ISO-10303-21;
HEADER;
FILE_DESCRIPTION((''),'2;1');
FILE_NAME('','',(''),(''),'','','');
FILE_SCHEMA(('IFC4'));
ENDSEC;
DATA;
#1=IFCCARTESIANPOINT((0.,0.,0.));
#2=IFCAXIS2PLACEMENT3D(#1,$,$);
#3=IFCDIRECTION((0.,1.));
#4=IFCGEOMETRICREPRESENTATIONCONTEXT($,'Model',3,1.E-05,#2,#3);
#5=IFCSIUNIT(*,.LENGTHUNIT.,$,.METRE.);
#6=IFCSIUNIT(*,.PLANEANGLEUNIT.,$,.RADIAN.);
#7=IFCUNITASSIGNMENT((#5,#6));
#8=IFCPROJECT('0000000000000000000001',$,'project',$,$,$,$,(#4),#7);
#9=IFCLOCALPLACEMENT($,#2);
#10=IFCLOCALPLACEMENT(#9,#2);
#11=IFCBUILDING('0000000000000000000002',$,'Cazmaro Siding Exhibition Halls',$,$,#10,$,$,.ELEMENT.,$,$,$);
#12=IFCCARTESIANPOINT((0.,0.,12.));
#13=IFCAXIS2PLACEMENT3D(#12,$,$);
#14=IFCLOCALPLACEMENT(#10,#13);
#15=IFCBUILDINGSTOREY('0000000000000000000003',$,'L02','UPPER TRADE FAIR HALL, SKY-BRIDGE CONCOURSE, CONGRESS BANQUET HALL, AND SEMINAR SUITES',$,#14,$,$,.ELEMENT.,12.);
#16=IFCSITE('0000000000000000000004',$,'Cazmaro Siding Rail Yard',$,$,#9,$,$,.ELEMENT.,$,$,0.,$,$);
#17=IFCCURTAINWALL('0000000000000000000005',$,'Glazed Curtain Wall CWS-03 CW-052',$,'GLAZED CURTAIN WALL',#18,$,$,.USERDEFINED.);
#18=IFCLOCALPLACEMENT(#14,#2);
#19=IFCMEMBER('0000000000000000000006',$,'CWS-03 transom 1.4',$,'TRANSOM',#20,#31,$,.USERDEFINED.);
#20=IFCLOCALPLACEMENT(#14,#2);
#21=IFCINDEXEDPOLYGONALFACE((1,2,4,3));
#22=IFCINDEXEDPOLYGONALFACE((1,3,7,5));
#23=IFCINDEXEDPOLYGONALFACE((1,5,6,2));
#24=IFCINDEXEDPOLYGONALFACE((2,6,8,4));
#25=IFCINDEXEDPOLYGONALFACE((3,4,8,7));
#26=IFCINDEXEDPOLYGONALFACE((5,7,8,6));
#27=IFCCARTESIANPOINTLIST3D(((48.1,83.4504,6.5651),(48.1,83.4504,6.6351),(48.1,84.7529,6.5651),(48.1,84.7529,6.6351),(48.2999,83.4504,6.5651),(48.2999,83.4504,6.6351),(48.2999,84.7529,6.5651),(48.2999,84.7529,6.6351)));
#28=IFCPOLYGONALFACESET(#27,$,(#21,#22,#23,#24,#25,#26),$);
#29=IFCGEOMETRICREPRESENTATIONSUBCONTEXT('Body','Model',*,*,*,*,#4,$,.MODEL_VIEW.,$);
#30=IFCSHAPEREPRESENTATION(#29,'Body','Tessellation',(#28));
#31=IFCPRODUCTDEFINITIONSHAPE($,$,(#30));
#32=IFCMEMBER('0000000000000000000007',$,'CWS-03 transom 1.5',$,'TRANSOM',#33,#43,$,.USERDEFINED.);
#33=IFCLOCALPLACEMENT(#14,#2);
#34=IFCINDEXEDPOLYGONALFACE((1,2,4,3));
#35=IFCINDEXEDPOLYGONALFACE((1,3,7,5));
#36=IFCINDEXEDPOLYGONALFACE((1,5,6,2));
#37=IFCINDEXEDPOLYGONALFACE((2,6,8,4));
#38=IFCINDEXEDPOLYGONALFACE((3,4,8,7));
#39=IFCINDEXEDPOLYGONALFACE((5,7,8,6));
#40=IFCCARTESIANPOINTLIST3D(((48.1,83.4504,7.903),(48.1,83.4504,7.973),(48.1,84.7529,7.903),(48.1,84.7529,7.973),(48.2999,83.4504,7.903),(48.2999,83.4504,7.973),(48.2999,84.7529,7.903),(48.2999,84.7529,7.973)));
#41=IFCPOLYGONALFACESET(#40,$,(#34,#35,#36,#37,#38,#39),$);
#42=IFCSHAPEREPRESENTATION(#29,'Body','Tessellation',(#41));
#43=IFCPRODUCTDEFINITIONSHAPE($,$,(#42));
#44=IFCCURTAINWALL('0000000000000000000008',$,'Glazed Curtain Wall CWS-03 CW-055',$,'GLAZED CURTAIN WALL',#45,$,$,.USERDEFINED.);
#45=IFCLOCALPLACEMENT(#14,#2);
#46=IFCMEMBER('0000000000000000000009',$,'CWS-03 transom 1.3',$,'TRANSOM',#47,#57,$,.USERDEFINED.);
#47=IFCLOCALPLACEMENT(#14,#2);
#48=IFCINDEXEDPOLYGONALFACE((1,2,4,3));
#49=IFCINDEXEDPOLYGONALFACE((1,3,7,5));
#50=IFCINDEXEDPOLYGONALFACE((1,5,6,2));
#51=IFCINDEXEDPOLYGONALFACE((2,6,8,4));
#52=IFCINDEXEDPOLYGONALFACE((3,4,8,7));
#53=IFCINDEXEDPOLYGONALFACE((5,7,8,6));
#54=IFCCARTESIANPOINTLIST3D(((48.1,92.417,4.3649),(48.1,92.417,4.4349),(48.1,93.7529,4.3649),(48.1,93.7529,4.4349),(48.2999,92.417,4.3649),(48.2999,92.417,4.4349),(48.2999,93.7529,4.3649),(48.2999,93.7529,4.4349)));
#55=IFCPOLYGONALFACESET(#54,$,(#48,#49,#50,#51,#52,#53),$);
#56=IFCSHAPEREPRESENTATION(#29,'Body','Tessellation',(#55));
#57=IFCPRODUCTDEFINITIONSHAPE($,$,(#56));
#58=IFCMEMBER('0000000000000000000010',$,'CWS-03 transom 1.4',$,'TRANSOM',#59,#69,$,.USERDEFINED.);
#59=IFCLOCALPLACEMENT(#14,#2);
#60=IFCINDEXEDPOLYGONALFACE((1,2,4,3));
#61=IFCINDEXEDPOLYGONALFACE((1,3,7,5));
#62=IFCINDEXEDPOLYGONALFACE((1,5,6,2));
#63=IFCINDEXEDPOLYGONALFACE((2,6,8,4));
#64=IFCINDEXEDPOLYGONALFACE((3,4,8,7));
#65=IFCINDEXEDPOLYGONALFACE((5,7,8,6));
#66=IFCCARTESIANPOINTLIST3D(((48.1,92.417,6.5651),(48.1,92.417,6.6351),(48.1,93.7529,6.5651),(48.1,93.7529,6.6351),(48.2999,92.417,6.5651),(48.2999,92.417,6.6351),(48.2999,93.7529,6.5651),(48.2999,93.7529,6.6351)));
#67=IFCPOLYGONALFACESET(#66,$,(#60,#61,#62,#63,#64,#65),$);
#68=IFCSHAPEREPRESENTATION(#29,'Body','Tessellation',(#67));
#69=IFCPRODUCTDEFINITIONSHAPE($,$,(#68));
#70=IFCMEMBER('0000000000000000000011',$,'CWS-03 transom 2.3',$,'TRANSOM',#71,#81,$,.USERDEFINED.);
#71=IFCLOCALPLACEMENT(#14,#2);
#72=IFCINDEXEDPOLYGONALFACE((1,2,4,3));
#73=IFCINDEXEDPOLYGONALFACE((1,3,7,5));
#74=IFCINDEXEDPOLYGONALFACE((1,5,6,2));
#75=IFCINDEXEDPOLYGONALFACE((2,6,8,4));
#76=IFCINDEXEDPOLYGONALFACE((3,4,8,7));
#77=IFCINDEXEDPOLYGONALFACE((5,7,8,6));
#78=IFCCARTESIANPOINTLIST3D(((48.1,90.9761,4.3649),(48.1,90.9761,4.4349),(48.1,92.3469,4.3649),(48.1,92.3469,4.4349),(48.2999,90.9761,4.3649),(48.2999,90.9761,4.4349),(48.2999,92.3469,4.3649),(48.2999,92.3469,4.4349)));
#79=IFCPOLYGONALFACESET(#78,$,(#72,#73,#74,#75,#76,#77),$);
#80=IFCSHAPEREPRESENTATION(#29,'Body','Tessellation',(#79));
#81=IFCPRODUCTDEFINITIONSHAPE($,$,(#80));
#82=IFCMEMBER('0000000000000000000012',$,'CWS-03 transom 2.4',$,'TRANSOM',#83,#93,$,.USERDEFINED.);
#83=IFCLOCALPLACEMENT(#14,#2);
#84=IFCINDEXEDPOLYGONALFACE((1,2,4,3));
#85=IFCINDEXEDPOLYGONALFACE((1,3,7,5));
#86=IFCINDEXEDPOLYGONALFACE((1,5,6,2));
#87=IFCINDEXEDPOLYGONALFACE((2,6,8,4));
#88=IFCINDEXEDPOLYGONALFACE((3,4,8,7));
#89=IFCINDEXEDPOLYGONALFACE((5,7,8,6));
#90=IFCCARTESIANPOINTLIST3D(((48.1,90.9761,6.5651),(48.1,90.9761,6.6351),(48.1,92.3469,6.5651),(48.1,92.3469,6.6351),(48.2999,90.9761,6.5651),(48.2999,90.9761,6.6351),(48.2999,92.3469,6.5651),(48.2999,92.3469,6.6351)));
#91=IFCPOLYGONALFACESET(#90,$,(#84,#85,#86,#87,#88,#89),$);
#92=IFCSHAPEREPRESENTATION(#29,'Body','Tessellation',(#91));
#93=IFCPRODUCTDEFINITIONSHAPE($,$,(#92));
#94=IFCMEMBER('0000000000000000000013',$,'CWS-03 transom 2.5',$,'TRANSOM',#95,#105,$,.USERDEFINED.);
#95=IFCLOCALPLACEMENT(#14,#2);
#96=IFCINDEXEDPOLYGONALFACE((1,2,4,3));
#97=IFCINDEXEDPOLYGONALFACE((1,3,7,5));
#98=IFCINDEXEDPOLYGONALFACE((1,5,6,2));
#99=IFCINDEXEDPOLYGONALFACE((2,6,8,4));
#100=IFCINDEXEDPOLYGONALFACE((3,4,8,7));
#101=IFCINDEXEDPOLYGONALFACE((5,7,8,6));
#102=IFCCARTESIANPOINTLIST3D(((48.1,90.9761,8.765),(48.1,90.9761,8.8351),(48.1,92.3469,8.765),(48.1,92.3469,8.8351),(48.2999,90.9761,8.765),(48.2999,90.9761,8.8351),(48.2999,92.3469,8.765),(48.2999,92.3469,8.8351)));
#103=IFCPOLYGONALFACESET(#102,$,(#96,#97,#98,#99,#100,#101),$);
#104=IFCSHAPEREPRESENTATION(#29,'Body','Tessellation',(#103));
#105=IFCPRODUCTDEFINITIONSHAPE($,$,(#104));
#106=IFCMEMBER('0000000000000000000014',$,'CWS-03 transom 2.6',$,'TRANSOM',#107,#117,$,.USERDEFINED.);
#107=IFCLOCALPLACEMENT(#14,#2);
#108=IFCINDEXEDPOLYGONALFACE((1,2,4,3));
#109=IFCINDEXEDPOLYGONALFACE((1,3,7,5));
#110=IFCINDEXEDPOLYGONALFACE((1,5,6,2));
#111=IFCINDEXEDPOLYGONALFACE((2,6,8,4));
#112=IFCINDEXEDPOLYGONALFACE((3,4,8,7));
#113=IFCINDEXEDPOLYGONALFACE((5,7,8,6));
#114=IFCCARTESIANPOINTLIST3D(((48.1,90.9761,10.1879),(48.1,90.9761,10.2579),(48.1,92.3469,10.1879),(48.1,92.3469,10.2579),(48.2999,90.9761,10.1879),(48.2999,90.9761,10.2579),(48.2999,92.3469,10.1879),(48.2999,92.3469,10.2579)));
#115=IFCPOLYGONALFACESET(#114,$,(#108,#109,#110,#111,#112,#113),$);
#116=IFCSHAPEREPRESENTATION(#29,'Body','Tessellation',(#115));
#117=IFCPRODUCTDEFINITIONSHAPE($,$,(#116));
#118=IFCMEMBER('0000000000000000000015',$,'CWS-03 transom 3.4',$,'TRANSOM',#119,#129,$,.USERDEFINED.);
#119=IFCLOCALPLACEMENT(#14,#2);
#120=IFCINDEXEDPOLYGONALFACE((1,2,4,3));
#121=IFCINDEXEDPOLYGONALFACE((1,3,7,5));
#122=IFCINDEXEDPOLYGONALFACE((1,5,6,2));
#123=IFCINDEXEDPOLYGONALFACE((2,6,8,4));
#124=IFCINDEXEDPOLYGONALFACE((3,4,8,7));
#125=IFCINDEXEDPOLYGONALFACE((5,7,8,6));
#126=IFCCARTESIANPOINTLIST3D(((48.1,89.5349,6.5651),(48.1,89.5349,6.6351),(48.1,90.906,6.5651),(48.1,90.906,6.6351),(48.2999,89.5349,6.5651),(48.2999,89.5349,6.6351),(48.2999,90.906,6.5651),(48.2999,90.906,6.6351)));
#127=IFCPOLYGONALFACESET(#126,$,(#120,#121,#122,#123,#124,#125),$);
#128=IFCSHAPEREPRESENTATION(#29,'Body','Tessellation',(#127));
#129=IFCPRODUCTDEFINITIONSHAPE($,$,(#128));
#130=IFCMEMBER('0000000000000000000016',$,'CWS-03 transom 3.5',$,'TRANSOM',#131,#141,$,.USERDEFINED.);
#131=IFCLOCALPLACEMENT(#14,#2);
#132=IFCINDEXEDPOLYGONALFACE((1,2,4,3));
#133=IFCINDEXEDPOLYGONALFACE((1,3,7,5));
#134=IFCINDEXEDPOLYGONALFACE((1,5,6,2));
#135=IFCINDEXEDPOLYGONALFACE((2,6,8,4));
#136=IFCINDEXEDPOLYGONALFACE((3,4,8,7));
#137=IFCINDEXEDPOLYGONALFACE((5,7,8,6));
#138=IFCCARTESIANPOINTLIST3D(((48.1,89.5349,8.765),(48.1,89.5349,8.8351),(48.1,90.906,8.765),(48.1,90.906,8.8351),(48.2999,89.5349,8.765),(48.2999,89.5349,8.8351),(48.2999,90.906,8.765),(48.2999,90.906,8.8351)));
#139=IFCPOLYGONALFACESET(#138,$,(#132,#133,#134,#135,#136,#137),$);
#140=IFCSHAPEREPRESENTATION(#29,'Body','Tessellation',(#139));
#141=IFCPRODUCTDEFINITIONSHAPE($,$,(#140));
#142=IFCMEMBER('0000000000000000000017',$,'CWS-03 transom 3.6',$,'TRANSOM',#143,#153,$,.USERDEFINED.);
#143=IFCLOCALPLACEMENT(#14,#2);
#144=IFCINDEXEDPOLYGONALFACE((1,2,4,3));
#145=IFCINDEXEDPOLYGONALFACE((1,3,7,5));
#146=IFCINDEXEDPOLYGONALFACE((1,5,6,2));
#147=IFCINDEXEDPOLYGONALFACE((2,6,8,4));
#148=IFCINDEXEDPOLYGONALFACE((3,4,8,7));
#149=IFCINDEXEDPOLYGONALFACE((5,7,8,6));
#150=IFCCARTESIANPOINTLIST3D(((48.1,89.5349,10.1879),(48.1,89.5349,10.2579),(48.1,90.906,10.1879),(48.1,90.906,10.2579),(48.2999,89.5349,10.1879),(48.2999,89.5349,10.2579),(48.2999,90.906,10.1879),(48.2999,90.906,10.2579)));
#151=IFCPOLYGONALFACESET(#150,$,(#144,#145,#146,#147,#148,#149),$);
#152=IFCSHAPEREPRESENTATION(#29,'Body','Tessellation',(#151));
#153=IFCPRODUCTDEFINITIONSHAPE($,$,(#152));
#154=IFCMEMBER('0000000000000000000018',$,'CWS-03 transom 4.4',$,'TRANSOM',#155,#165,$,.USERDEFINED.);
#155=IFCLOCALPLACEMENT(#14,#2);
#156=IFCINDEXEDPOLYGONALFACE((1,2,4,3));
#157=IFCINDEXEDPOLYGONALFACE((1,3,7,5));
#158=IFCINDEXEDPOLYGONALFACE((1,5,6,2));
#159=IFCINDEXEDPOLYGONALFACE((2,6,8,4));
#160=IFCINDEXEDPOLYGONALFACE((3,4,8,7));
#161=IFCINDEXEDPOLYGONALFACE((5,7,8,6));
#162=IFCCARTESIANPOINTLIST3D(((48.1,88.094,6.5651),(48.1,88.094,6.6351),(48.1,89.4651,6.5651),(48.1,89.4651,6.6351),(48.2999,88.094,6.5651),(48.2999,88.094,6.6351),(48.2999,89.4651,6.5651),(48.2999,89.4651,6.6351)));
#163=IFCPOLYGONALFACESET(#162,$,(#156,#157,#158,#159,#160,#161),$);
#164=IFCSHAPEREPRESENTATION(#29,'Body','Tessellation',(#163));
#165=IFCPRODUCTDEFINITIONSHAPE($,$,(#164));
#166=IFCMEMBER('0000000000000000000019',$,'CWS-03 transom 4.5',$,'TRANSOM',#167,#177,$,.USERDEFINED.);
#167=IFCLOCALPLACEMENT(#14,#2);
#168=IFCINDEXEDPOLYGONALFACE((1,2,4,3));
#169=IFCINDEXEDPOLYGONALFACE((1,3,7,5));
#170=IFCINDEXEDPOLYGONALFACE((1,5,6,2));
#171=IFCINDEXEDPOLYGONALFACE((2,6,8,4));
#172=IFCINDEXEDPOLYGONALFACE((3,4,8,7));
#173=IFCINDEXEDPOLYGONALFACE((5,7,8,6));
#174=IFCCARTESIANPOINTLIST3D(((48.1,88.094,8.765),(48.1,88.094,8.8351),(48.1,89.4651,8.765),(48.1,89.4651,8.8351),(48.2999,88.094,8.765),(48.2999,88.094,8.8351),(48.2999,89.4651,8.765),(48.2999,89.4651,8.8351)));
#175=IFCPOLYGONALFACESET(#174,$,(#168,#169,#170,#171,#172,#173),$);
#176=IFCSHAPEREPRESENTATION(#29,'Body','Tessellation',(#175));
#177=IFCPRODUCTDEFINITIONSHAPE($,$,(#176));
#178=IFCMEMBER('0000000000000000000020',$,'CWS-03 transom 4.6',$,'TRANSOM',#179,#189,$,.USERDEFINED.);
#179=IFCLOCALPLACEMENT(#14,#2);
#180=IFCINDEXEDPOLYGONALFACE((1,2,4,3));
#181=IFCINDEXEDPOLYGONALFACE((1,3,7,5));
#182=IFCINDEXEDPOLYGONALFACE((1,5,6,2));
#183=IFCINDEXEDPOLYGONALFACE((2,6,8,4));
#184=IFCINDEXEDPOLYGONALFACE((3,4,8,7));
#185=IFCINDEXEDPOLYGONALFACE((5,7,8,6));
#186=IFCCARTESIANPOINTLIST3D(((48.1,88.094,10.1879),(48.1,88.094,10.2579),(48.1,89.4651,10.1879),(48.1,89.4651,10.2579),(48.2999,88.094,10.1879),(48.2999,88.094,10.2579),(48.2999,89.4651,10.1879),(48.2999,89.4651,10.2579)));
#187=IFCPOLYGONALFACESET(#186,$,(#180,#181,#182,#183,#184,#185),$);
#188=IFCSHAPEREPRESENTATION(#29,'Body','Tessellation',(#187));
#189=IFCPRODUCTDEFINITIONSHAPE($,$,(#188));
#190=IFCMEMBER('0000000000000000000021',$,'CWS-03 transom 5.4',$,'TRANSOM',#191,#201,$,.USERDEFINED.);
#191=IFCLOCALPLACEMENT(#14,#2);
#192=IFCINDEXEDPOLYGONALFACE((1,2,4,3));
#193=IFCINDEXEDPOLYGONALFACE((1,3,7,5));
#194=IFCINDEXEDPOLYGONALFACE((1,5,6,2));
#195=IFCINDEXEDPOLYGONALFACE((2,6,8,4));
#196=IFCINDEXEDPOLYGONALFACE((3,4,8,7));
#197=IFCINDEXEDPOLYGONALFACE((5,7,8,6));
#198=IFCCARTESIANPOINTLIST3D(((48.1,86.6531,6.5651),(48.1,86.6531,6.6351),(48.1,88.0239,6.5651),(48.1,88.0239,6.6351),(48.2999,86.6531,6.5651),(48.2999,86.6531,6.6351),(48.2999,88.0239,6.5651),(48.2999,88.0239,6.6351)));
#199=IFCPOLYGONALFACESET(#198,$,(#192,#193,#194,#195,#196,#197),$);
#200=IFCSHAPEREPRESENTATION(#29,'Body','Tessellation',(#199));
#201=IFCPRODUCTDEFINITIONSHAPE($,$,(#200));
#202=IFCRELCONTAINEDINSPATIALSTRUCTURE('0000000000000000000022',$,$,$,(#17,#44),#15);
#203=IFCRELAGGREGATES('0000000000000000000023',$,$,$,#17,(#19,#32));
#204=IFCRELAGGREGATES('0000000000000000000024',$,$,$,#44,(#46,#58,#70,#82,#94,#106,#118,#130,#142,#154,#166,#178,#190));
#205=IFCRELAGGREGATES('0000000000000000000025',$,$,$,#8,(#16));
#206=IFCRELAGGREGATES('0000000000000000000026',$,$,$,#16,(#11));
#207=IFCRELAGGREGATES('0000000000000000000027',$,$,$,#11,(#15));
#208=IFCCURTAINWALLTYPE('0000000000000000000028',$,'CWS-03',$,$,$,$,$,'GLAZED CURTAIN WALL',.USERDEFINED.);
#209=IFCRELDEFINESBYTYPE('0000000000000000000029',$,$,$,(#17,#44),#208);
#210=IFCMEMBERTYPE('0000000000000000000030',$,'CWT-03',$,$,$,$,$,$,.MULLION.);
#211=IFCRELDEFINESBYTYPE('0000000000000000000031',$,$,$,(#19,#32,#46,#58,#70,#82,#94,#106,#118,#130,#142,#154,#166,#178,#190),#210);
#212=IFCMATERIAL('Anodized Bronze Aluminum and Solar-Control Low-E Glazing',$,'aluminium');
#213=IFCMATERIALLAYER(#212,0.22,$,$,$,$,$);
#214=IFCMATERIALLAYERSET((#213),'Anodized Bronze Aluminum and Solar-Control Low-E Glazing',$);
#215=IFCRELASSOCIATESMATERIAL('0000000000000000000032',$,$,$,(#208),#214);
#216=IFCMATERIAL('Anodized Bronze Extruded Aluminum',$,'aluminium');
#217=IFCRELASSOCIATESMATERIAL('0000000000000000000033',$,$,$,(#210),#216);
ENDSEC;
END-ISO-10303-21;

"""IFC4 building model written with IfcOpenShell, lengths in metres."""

from ifc_helpers import new_model, si_unit, direction, frame, origin, origin_2d, place, context, subcontext, project, spatial, rectangle, extrude, material, layer, layer_set, material_profile, profile_set, type_object, element, aggregate, save


model = new_model("IFC4")

# Units and contexts
model_context = context("Model", 3, precision=1e-05, world=origin(), true_north=direction((0.0, 1.0)))
body_context = subcontext(model_context, "Body", "Model", "MODEL_VIEW")
ifc_project = project(units=[si_unit("LENGTHUNIT", "METRE"), si_unit("PLANEANGLEUNIT", "RADIAN")], contexts=[model_context])

# Site, building, storey
site_placement = place(None, origin())
site = spatial("IfcSite", under=ifc_project, at=site_placement, Name="Cazmaro Siding Rail Yard", CompositionType="ELEMENT", RefElevation=0.0)
building_placement = place(site_placement, origin())
building = spatial("IfcBuilding", under=site, at=building_placement, Name="Cazmaro Siding Exhibition Halls", CompositionType="ELEMENT")
storey_placement = place(building_placement, frame((0.0, 0.0, 12.0)))
storey = spatial("IfcBuildingStorey", under=building, at=storey_placement, Name="L02", Description="UPPER TRADE FAIR HALL, SKY-BRIDGE CONCOURSE, CONGRESS BANQUET HALL, AND SEMINAR SUITES", CompositionType="ELEMENT", Elevation=12.0)

# Curtain wall, members
ifc_material_1 = material(Name="Anodized Bronze Aluminum and Solar-Control Low-E Glazing", Category="aluminium")
ifc_layer_1 = layer(ifc_material_1, 0.22)
ifc_layer_set_1 = layer_set([ifc_layer_1], Name="Anodized Bronze Aluminum and Solar-Control Low-E Glazing")
curtain_wall_type = type_object("IfcCurtainWallType", Name="CWS-03", ElementType="GLAZED CURTAIN WALL", PredefinedType="USERDEFINED", material=ifc_layer_set_1)
curtain_wall_1_placement = place(storey_placement, origin())
curtain_wall_1 = element("IfcCurtainWall", 1, at=curtain_wall_1_placement, inside=storey, type_object=curtain_wall_type, Name="Glazed Curtain Wall CWS-03 CW-052", ObjectType="GLAZED CURTAIN WALL", PredefinedType="USERDEFINED")
ifc_material_2 = material(Name="Anodized Bronze Extruded Aluminum", Category="aluminium")
ifc_material_profile = material_profile(ifc_material_2, rectangle(XDim=0.2, YDim=0.0701, at=origin_2d()), Name="CWT-03")
ifc_profile_set = profile_set([ifc_material_profile], Name="Anodized Bronze Extruded Aluminum")
member_type = type_object("IfcMemberType", Name="CWT-03", PredefinedType="MULLION", material=ifc_profile_set)
member_1_placement = place(storey_placement, frame((48.2, 84.7529, 6.6001), z_axis=(0.0, -1.0, 0.0), x_axis=(1.0, 0.0, 0.0)))
member_1 = element("IfcMember", 2, at=member_1_placement, type_object=member_type, Name="CWS-03 transom 1.4", ObjectType="TRANSOM", PredefinedType="USERDEFINED", context=body_context, shape_type="SweptSolid", body=[
    extrude(rectangle(XDim=0.2, YDim=0.0701, at=origin_2d()), origin(), (0.0, 0.0, 1.0), 1.3025),
])
member_2_placement = place(storey_placement, frame((48.2, 84.7529, 7.938), z_axis=(0.0, -1.0, 0.0), x_axis=(1.0, 0.0, 0.0)))
member_2 = element("IfcMember", 3, at=member_2_placement, type_object=member_type, Name="CWS-03 transom 1.5", ObjectType="TRANSOM", PredefinedType="USERDEFINED", context=body_context, shape_type="SweptSolid", body=[
    extrude(rectangle(XDim=0.2, YDim=0.0701, at=origin_2d()), origin(), (0.0, 0.0, 1.0), 1.3025),
])
aggregate(curtain_wall_1, [member_1, member_2])

# Curtain wall, members
curtain_wall_2_placement = place(storey_placement, origin())
curtain_wall_2 = element("IfcCurtainWall", 4, at=curtain_wall_2_placement, inside=storey, type_object=curtain_wall_type, Name="Glazed Curtain Wall CWS-03 CW-055", ObjectType="GLAZED CURTAIN WALL", PredefinedType="USERDEFINED")
member_3_placement = place(storey_placement, frame((48.2, 93.7529, 4.3999), z_axis=(0.0, -1.0, 0.0), x_axis=(1.0, 0.0, 0.0)))
member_3 = element("IfcMember", 5, at=member_3_placement, type_object=member_type, Name="CWS-03 transom 1.3", ObjectType="TRANSOM", PredefinedType="USERDEFINED", context=body_context, shape_type="SweptSolid", body=[
    extrude(rectangle(XDim=0.2, YDim=0.0701, at=origin_2d()), origin(), (0.0, 0.0, 1.0), 1.3359),
])
member_4_placement = place(storey_placement, frame((48.2, 93.7529, 6.6001), z_axis=(0.0, -1.0, 0.0), x_axis=(1.0, 0.0, 0.0)))
member_4 = element("IfcMember", 6, at=member_4_placement, type_object=member_type, Name="CWS-03 transom 1.4", ObjectType="TRANSOM", PredefinedType="USERDEFINED", context=body_context, shape_type="SweptSolid", body=[
    extrude(rectangle(XDim=0.2, YDim=0.0701, at=origin_2d()), origin(), (0.0, 0.0, 1.0), 1.3359),
])
member_5_placement = place(storey_placement, frame((48.2, 92.3469, 4.3999), z_axis=(0.0, -1.0, 0.0), x_axis=(1.0, 0.0, 0.0)))
member_5 = element("IfcMember", 7, at=member_5_placement, type_object=member_type, Name="CWS-03 transom 2.3", ObjectType="TRANSOM", PredefinedType="USERDEFINED", context=body_context, shape_type="SweptSolid", body=[
    extrude(rectangle(XDim=0.2, YDim=0.0701, at=origin_2d()), origin(), (0.0, 0.0, 1.0), 1.3708),
])
member_6_placement = place(storey_placement, frame((48.2, 92.3469, 6.6001), z_axis=(0.0, -1.0, 0.0), x_axis=(1.0, 0.0, 0.0)))
member_6 = element("IfcMember", 8, at=member_6_placement, type_object=member_type, Name="CWS-03 transom 2.4", ObjectType="TRANSOM", PredefinedType="USERDEFINED", context=body_context, shape_type="SweptSolid", body=[
    extrude(rectangle(XDim=0.2, YDim=0.0701, at=origin_2d()), origin(), (0.0, 0.0, 1.0), 1.3708),
])
member_7_placement = place(storey_placement, frame((48.2, 92.3469, 8.8), z_axis=(0.0, -1.0, 0.0), x_axis=(1.0, 0.0, 0.0)))
member_7 = element("IfcMember", 9, at=member_7_placement, type_object=member_type, Name="CWS-03 transom 2.5", ObjectType="TRANSOM", PredefinedType="USERDEFINED", context=body_context, shape_type="SweptSolid", body=[
    extrude(rectangle(XDim=0.2, YDim=0.0701, at=origin_2d()), origin(), (0.0, 0.0, 1.0), 1.3708),
])
member_8_placement = place(storey_placement, frame((48.2, 92.3469, 10.2229), z_axis=(0.0, -1.0, 0.0), x_axis=(1.0, 0.0, 0.0)))
member_8 = element("IfcMember", 10, at=member_8_placement, type_object=member_type, Name="CWS-03 transom 2.6", ObjectType="TRANSOM", PredefinedType="USERDEFINED", context=body_context, shape_type="SweptSolid", body=[
    extrude(rectangle(XDim=0.2, YDim=0.0701, at=origin_2d()), origin(), (0.0, 0.0, 1.0), 1.3708),
])
member_9_placement = place(storey_placement, frame((48.2, 90.906, 6.6001), z_axis=(0.0, -1.0, 0.0), x_axis=(1.0, 0.0, 0.0)))
member_9 = element("IfcMember", 11, at=member_9_placement, type_object=member_type, Name="CWS-03 transom 3.4", ObjectType="TRANSOM", PredefinedType="USERDEFINED", context=body_context, shape_type="SweptSolid", body=[
    extrude(rectangle(XDim=0.2, YDim=0.0701, at=origin_2d()), origin(), (0.0, 0.0, 1.0), 1.3711),
])
member_10_placement = place(storey_placement, frame((48.2, 90.906, 8.8), z_axis=(0.0, -1.0, 0.0), x_axis=(1.0, 0.0, 0.0)))
member_10 = element("IfcMember", 12, at=member_10_placement, type_object=member_type, Name="CWS-03 transom 3.5", ObjectType="TRANSOM", PredefinedType="USERDEFINED", context=body_context, shape_type="SweptSolid", body=[
    extrude(rectangle(XDim=0.2, YDim=0.0701, at=origin_2d()), origin(), (0.0, 0.0, 1.0), 1.3711),
])
member_11_placement = place(storey_placement, frame((48.2, 90.906, 10.2229), z_axis=(0.0, -1.0, 0.0), x_axis=(1.0, 0.0, 0.0)))
member_11 = element("IfcMember", 13, at=member_11_placement, type_object=member_type, Name="CWS-03 transom 3.6", ObjectType="TRANSOM", PredefinedType="USERDEFINED", context=body_context, shape_type="SweptSolid", body=[
    extrude(rectangle(XDim=0.2, YDim=0.0701, at=origin_2d()), origin(), (0.0, 0.0, 1.0), 1.3711),
])
member_12_placement = place(storey_placement, frame((48.2, 89.4651, 6.6001), z_axis=(0.0, -1.0, 0.0), x_axis=(1.0, 0.0, 0.0)))
member_12 = element("IfcMember", 14, at=member_12_placement, type_object=member_type, Name="CWS-03 transom 4.4", ObjectType="TRANSOM", PredefinedType="USERDEFINED", context=body_context, shape_type="SweptSolid", body=[
    extrude(rectangle(XDim=0.2, YDim=0.0701, at=origin_2d()), origin(), (0.0, 0.0, 1.0), 1.3711),
])
member_13_placement = place(storey_placement, frame((48.2, 89.4651, 8.8), z_axis=(0.0, -1.0, 0.0), x_axis=(1.0, 0.0, 0.0)))
member_13 = element("IfcMember", 15, at=member_13_placement, type_object=member_type, Name="CWS-03 transom 4.5", ObjectType="TRANSOM", PredefinedType="USERDEFINED", context=body_context, shape_type="SweptSolid", body=[
    extrude(rectangle(XDim=0.2, YDim=0.0701, at=origin_2d()), origin(), (0.0, 0.0, 1.0), 1.3711),
])
member_14_placement = place(storey_placement, frame((48.2, 89.4651, 10.2229), z_axis=(0.0, -1.0, 0.0), x_axis=(1.0, 0.0, 0.0)))
member_14 = element("IfcMember", 16, at=member_14_placement, type_object=member_type, Name="CWS-03 transom 4.6", ObjectType="TRANSOM", PredefinedType="USERDEFINED", context=body_context, shape_type="SweptSolid", body=[
    extrude(rectangle(XDim=0.2, YDim=0.0701, at=origin_2d()), origin(), (0.0, 0.0, 1.0), 1.3711),
])
member_15_placement = place(storey_placement, frame((48.2, 88.0239, 6.6001), z_axis=(0.0, -1.0, 0.0), x_axis=(1.0, 0.0, 0.0)))
member_15 = element("IfcMember", 17, at=member_15_placement, type_object=member_type, Name="CWS-03 transom 5.4", ObjectType="TRANSOM", PredefinedType="USERDEFINED", context=body_context, shape_type="SweptSolid", body=[
    extrude(rectangle(XDim=0.2, YDim=0.0701, at=origin_2d()), origin(), (0.0, 0.0, 1.0), 1.3708),
])
aggregate(curtain_wall_2, [member_3, member_4, member_5, member_6, member_7, member_8, member_9, member_10, member_11, member_12, member_13, member_14, member_15])

save(model, "model.ifc")
